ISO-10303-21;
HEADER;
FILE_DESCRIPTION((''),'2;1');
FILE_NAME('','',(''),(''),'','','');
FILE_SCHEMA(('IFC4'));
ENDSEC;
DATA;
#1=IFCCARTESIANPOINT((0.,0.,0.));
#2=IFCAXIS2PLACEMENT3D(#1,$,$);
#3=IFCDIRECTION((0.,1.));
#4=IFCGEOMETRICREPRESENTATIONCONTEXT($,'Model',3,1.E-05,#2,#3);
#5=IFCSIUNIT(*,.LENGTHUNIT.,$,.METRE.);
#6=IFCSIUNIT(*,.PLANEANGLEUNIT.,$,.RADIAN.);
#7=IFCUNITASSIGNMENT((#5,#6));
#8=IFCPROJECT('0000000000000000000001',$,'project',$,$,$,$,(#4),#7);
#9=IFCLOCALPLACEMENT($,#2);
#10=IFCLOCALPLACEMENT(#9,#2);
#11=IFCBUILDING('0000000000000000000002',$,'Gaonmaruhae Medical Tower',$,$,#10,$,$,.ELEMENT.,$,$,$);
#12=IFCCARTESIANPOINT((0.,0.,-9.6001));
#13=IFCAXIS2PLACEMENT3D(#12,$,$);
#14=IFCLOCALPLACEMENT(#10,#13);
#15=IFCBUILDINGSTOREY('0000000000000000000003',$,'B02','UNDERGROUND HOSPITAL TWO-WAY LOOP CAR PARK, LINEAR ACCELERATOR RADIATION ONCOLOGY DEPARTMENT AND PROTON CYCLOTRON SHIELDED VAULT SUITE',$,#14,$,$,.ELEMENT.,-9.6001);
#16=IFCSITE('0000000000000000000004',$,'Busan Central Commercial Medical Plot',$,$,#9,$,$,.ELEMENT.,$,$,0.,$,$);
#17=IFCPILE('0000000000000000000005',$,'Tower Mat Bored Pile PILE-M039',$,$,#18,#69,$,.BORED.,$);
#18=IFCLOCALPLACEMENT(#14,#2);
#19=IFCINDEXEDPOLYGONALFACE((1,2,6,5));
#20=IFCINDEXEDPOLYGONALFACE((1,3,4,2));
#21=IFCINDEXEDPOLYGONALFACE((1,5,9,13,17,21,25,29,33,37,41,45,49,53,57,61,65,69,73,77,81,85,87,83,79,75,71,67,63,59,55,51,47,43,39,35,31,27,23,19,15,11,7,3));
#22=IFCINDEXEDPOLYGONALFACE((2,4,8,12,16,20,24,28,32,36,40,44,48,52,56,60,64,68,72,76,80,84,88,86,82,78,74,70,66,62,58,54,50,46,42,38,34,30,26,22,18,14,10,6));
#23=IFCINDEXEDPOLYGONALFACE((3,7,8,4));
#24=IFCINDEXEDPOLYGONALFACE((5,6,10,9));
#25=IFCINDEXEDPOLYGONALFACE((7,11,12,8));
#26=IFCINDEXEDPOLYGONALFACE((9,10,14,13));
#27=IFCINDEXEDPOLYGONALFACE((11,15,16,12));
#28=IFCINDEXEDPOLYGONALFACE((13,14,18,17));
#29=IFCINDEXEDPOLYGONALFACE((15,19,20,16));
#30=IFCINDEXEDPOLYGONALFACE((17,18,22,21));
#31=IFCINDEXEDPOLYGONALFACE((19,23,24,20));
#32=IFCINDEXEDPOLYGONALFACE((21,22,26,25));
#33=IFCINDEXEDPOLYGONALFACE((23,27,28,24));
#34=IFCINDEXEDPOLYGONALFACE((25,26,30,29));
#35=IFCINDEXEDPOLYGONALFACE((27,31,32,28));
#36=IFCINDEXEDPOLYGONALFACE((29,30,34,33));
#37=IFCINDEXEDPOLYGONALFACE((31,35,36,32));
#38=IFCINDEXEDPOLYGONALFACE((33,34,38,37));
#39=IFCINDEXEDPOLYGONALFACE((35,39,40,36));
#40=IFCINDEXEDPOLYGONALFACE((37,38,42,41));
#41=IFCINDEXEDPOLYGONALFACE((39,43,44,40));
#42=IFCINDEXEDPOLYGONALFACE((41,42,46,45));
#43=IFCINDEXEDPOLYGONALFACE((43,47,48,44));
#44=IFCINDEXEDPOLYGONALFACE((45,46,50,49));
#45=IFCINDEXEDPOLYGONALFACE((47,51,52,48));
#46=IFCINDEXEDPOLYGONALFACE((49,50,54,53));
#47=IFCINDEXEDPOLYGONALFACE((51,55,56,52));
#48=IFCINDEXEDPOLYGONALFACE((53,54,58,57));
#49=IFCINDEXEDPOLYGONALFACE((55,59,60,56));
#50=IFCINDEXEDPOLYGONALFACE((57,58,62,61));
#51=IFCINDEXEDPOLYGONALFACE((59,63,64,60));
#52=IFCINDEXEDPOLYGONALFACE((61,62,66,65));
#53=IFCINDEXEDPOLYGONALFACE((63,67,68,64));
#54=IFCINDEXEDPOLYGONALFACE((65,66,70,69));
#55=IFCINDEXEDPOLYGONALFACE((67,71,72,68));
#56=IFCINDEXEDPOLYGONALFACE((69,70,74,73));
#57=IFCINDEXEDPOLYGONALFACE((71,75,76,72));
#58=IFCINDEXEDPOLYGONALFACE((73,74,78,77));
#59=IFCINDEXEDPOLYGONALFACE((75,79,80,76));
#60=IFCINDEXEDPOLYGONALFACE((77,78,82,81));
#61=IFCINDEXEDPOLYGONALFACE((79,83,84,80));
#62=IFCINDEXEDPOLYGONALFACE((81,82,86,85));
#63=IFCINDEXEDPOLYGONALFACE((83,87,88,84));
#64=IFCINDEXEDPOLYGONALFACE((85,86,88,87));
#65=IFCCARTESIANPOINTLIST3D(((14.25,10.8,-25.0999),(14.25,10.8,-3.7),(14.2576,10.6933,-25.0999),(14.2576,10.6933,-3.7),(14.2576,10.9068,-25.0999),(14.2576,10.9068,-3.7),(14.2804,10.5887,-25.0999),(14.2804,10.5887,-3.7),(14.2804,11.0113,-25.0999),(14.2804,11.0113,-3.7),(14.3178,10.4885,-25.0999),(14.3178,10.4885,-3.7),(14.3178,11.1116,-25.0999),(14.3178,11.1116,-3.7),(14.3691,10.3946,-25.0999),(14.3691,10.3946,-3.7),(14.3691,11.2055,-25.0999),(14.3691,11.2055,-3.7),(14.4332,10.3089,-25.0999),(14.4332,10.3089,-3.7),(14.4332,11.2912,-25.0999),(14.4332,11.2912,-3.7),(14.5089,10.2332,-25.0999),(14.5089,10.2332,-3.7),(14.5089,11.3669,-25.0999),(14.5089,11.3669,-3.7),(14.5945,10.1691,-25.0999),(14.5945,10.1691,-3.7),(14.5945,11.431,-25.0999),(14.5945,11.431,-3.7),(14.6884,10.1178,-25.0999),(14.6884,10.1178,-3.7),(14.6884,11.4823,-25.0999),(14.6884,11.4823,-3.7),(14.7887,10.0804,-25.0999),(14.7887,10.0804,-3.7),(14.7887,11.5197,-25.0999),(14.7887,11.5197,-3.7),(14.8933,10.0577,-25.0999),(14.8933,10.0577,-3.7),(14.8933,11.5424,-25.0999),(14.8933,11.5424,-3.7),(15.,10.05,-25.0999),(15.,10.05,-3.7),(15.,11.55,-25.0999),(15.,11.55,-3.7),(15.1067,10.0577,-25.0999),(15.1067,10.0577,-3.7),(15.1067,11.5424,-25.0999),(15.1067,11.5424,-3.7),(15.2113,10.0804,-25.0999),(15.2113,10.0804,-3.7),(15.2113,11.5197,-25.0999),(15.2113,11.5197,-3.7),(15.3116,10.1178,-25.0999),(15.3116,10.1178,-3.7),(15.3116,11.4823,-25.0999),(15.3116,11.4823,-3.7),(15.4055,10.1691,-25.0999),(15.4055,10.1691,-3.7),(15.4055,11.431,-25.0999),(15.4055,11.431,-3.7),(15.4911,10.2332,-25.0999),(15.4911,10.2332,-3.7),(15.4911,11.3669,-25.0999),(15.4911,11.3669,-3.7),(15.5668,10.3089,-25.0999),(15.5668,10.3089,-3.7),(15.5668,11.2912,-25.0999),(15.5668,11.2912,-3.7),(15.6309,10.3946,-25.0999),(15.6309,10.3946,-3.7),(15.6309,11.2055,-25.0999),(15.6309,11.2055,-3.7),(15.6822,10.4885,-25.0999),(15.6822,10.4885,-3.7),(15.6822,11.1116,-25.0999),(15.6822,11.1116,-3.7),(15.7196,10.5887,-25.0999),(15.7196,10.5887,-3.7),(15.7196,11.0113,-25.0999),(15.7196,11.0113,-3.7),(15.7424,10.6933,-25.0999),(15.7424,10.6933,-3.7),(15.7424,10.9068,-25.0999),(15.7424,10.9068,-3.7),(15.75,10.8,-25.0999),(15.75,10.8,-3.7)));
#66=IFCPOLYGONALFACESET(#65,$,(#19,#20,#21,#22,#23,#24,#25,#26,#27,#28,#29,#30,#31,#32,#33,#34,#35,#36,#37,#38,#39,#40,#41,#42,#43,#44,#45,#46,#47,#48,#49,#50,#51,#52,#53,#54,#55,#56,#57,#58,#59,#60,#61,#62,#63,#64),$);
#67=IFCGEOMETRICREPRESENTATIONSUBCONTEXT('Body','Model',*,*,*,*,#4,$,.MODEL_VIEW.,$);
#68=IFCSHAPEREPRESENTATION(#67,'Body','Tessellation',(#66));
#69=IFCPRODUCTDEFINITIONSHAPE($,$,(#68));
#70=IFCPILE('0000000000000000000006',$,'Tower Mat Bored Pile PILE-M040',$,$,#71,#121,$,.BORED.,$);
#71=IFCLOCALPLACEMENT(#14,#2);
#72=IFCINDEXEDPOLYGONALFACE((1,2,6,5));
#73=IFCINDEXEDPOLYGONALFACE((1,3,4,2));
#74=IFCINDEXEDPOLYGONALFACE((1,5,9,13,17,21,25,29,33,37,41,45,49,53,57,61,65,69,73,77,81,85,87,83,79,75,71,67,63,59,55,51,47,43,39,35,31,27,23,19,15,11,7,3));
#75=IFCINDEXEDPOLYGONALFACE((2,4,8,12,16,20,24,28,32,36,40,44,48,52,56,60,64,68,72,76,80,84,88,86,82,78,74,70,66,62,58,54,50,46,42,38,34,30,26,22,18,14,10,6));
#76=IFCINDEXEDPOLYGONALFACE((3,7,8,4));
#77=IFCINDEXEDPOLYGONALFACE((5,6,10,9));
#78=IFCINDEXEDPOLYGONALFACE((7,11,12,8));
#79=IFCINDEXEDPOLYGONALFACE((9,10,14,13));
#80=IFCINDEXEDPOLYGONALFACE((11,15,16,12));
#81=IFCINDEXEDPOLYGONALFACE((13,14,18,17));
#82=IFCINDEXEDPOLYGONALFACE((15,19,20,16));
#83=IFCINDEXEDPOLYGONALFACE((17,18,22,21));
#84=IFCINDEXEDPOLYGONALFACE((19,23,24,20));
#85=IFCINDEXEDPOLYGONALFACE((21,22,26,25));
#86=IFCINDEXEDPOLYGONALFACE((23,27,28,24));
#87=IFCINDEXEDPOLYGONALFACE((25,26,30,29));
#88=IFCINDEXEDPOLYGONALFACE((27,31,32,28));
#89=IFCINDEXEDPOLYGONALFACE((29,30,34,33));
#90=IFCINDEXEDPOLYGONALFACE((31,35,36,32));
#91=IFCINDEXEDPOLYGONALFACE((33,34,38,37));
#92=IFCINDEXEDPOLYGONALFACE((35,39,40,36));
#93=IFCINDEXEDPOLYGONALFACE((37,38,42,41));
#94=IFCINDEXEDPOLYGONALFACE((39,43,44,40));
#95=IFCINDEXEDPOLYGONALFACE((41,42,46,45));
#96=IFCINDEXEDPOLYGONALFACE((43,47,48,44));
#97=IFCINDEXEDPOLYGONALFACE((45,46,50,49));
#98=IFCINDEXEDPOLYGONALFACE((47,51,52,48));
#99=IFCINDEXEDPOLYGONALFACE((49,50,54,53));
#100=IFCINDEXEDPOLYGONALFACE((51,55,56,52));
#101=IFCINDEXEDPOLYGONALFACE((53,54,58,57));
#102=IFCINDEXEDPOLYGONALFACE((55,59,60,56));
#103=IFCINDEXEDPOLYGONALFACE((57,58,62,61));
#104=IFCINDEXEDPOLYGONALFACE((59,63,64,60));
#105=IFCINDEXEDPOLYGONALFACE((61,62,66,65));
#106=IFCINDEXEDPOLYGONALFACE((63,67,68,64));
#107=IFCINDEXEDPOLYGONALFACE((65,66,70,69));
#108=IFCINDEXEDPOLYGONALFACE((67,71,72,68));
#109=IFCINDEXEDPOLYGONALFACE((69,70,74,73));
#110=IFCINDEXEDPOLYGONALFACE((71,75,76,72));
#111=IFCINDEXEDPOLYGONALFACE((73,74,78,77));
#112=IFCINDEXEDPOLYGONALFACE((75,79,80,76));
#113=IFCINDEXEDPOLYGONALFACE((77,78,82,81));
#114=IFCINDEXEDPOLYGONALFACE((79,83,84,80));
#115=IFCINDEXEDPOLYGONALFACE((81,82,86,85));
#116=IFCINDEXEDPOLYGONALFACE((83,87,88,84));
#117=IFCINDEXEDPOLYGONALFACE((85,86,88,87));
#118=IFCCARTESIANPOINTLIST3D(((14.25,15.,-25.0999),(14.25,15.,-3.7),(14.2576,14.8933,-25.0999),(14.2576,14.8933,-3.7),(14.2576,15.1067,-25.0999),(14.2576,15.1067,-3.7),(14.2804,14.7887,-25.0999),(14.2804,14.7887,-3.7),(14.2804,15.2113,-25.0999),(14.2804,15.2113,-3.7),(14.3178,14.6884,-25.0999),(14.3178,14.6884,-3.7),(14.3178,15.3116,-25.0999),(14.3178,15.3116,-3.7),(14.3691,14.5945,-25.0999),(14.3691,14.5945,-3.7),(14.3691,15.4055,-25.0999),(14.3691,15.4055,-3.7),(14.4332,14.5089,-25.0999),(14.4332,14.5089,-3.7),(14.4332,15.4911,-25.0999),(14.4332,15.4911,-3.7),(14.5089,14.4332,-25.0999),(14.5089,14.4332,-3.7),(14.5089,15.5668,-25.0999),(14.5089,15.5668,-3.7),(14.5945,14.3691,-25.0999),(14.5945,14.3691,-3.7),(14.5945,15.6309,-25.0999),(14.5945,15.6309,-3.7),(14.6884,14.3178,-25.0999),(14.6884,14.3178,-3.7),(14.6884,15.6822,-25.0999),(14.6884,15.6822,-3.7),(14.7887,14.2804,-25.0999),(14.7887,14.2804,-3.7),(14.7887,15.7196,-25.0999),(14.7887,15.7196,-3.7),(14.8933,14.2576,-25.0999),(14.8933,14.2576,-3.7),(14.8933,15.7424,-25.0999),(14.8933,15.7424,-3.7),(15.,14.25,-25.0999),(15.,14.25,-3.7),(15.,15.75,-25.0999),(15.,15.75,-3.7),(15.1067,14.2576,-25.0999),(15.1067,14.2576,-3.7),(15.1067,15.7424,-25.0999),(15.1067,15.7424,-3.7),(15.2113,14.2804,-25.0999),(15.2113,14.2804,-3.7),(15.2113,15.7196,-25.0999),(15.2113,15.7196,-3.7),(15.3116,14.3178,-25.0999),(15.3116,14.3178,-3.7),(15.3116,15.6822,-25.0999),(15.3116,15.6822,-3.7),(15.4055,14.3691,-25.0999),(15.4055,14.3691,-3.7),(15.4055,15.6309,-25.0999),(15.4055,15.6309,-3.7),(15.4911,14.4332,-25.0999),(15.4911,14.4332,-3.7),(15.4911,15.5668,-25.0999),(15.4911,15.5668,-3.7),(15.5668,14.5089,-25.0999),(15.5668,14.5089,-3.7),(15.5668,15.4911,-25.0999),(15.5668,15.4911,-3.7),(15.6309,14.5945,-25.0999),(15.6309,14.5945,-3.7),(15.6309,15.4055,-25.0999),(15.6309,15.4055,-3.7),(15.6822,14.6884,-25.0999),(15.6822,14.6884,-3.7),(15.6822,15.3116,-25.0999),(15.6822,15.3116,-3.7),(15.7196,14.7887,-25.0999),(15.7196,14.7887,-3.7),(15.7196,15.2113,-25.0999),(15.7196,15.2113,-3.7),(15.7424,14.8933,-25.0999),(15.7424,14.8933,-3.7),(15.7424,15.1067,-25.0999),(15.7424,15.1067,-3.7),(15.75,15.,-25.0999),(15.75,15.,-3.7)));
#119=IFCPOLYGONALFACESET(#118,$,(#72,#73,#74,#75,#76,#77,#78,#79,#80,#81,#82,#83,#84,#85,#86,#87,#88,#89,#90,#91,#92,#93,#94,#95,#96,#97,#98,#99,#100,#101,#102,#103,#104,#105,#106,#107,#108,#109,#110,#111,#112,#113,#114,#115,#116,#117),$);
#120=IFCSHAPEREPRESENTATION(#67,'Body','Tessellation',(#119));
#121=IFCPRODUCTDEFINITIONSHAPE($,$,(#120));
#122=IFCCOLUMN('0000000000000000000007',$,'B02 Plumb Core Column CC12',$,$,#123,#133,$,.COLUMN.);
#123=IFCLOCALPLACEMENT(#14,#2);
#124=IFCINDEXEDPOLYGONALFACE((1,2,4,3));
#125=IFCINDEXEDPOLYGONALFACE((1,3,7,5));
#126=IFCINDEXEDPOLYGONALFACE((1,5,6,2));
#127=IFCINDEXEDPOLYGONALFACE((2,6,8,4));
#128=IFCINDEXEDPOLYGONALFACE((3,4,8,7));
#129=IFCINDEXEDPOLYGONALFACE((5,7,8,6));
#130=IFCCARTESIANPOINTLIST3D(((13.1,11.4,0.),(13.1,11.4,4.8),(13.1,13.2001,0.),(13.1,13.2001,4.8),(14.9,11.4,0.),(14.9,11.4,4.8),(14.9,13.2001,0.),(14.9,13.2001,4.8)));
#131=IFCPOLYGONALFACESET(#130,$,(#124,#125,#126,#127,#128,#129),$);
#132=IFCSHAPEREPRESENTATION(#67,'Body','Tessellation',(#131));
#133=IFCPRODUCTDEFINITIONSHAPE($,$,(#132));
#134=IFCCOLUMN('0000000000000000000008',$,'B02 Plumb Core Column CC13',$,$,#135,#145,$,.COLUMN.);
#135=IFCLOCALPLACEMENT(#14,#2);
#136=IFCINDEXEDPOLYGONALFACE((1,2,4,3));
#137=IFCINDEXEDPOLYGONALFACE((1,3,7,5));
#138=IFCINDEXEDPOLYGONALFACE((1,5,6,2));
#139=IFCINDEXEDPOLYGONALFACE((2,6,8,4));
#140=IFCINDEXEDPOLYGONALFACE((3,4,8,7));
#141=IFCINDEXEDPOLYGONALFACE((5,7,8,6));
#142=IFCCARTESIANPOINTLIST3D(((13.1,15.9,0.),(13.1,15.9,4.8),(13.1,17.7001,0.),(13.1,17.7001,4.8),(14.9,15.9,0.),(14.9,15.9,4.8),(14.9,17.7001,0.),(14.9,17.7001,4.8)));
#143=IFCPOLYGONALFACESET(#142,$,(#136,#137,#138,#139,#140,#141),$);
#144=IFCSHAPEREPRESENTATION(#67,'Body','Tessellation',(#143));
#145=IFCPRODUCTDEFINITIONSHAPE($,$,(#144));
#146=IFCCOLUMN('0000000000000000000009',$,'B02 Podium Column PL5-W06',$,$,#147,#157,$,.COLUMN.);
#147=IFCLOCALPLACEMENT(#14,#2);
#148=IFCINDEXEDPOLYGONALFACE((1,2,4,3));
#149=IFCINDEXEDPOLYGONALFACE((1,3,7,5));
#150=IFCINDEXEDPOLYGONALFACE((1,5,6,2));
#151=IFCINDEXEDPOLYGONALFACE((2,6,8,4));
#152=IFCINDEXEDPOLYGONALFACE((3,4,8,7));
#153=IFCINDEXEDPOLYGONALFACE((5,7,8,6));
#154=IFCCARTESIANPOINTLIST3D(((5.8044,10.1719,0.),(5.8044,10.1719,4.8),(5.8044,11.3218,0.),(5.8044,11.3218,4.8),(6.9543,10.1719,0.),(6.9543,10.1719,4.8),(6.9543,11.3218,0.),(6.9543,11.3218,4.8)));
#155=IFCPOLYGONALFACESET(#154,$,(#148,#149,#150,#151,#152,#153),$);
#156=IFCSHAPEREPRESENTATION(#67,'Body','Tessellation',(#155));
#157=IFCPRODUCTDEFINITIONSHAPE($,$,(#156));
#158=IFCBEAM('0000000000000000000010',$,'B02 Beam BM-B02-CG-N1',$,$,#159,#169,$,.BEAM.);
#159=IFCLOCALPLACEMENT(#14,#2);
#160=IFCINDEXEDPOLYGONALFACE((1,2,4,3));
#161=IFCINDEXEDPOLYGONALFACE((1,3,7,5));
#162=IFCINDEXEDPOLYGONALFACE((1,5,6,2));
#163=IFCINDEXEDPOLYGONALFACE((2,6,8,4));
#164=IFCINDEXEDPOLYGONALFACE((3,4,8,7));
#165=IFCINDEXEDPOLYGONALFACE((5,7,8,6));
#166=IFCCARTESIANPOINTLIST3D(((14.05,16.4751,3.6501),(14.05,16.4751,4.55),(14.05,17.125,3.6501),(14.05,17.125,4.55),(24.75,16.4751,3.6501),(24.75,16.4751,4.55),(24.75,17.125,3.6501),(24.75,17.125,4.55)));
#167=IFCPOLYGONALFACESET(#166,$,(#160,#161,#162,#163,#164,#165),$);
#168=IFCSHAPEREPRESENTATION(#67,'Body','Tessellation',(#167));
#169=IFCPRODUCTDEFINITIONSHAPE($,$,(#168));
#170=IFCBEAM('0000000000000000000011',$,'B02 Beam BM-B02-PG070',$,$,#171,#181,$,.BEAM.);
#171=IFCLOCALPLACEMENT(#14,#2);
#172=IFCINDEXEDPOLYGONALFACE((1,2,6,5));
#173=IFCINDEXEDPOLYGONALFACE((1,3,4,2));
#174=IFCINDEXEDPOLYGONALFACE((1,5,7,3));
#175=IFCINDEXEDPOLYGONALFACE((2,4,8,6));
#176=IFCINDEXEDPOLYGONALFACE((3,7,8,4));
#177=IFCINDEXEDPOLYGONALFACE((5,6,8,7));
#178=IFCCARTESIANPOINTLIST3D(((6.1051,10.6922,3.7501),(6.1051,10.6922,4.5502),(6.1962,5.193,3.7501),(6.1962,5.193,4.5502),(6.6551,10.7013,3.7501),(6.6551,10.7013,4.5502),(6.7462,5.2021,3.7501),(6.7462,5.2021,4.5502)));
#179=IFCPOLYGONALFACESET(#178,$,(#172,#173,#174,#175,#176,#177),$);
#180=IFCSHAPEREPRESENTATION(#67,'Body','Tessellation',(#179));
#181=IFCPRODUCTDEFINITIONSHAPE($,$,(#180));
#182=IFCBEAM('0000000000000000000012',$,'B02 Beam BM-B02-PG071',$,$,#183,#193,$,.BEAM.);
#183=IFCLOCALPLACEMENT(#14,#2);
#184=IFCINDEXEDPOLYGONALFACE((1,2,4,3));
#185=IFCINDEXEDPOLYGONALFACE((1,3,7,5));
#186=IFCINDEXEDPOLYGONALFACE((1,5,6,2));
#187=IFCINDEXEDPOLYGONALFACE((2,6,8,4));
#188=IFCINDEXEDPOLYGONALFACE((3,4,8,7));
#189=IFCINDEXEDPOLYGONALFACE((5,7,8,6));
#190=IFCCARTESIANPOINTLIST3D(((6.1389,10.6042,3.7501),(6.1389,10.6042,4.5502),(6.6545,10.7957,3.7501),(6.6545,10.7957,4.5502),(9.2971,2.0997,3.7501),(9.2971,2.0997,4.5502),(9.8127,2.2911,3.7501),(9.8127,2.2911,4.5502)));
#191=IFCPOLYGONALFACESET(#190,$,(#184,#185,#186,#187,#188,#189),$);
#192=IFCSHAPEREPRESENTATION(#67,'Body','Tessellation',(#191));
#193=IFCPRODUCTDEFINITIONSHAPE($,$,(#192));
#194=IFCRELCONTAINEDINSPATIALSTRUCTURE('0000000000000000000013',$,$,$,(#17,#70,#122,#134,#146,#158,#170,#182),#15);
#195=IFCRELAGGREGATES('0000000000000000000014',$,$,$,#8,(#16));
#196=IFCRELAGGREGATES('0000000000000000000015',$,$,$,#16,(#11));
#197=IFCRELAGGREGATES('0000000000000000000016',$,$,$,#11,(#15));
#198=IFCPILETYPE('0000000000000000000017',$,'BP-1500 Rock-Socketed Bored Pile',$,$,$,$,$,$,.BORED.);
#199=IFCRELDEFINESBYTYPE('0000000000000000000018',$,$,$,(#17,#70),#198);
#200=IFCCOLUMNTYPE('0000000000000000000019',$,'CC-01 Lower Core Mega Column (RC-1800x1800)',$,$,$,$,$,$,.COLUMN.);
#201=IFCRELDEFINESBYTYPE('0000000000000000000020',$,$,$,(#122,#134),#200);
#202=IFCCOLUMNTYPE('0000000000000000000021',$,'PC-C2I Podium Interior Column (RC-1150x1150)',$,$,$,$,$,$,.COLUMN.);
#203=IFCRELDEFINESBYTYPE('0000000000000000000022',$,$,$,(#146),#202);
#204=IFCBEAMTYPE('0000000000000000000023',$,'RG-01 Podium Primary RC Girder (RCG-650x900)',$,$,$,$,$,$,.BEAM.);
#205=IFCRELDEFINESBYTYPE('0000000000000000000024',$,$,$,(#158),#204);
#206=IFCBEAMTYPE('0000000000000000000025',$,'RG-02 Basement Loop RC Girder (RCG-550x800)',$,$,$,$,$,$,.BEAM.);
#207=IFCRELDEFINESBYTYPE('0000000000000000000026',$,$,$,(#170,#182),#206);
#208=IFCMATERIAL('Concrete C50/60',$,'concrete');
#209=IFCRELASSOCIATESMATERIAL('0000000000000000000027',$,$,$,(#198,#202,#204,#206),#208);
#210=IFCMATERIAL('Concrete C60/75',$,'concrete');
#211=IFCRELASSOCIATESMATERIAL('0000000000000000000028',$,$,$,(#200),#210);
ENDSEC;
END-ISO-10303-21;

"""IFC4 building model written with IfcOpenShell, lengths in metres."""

from ifc_helpers import new_model, si_unit, direction, frame, origin, origin_2d, place, context, subcontext, project, spatial, rectangle, circle, extrude, material, material_profile, profile_set, type_object, element, save


model = new_model("IFC4")

# Units and contexts
model_context = context("Model", 3, precision=1e-05, world=origin(), true_north=direction((0.0, 1.0)))
body_context = subcontext(model_context, "Body", "Model", "MODEL_VIEW")
ifc_project = project(units=[si_unit("LENGTHUNIT", "METRE"), si_unit("PLANEANGLEUNIT", "RADIAN")], contexts=[model_context])

# Site, building, storey
site_placement = place(None, origin())
site = spatial("IfcSite", under=ifc_project, at=site_placement, Name="Busan Central Commercial Medical Plot", CompositionType="ELEMENT", RefElevation=0.0)
building_placement = place(site_placement, origin())
building = spatial("IfcBuilding", under=site, at=building_placement, Name="Gaonmaruhae Medical Tower", CompositionType="ELEMENT")
storey_placement = place(building_placement, frame((0.0, 0.0, -9.6001)))
storey = spatial("IfcBuildingStorey", under=building, at=storey_placement, Name="B02", Description="UNDERGROUND HOSPITAL TWO-WAY LOOP CAR PARK, LINEAR ACCELERATOR RADIATION ONCOLOGY DEPARTMENT AND PROTON CYCLOTRON SHIELDED VAULT SUITE", CompositionType="ELEMENT", Elevation=-9.6001)

# Piles
ifc_material_1 = material(Name="Concrete C50/60", Category="concrete")
ifc_material_profile_1 = material_profile(ifc_material_1, circle(Radius=0.75, at=origin_2d()), Name="PILE-D1500")
ifc_profile_set_1 = profile_set([ifc_material_profile_1], Name="Concrete C50/60")
pile_type = type_object("IfcPileType", Name="BP-1500 Rock-Socketed Bored Pile", PredefinedType="BORED", material=ifc_profile_set_1)
for number, where, z_axis, x_axis, name in (
    (1, (15.0, 10.8, -3.7), (0.0, 0.0, -1.0), (1.0, 0.0, 0.0), "Tower Mat Bored Pile PILE-M039"),
    (2, (15.0, 15.0, -3.7), (0.0, 0.0, -1.0), (1.0, 0.0, 0.0), "Tower Mat Bored Pile PILE-M040"),
):
    element("IfcPile", number, at=place(storey_placement, frame(where, z_axis=z_axis, x_axis=x_axis)), inside=storey, type_object=pile_type, Name=name, PredefinedType="BORED", context=body_context, shape_type="SweptSolid", body=[
        extrude(circle(Radius=0.75, at=origin_2d()), origin(), (0.0, 0.0, 1.0), 21.3999),
    ])

# Columns
ifc_material_2 = material(Name="Concrete C60/75", Category="concrete")
ifc_material_profile_2 = material_profile(ifc_material_2, rectangle(XDim=1.8, YDim=1.8, at=origin_2d()), Name="RC-1800x1800")
ifc_profile_set_2 = profile_set([ifc_material_profile_2], Name="Concrete C60/75")
column_type_1 = type_object("IfcColumnType", Name="CC-01 Lower Core Mega Column (RC-1800x1800)", PredefinedType="COLUMN", material=ifc_profile_set_2)
for number, where, z_axis, x_axis, name in (
    (3, (14.0, 12.3, 0.0), (0.0, 0.0, 1.0), (1.0, 0.0, 0.0), "B02 Plumb Core Column CC12"),
    (4, (14.0, 16.8, 0.0), (0.0, 0.0, 1.0), (1.0, 0.0, 0.0), "B02 Plumb Core Column CC13"),
):
    element("IfcColumn", number, at=place(storey_placement, frame(where, z_axis=z_axis, x_axis=x_axis)), inside=storey, type_object=column_type_1, Name=name, PredefinedType="COLUMN", context=body_context, shape_type="SweptSolid", body=[
        extrude(rectangle(XDim=1.8, YDim=1.8, at=origin_2d()), origin(), (0.0, 0.0, 1.0), 4.8),
    ])
ifc_material_profile_3 = material_profile(ifc_material_1, rectangle(XDim=1.1499, YDim=1.1499, at=origin_2d()), Name="RC-1150x1150")
ifc_profile_set_3 = profile_set([ifc_material_profile_3], Name="Concrete C50/60")
column_type_2 = type_object("IfcColumnType", Name="PC-C2I Podium Interior Column (RC-1150x1150)", PredefinedType="COLUMN", material=ifc_profile_set_3)
column_placement = place(storey_placement, frame((6.3794, 10.7468, 0.0), z_axis=(0.0, 0.0, 1.0), x_axis=(1.0, 0.0, 0.0)))
element("IfcColumn", 5, at=column_placement, inside=storey, type_object=column_type_2, Name="B02 Podium Column PL5-W06", PredefinedType="COLUMN", context=body_context, shape_type="SweptSolid", body=[
    extrude(rectangle(XDim=1.1499, YDim=1.1499, at=origin_2d()), origin(), (0.0, 0.0, 1.0), 4.8),
])

# Beams
ifc_material_profile_4 = material_profile(ifc_material_1, rectangle(XDim=0.6499, YDim=0.8999, at=origin_2d()), Name="RCG-650x900")
ifc_profile_set_4 = profile_set([ifc_material_profile_4], Name="Concrete C50/60")
beam_type_1 = type_object("IfcBeamType", Name="RG-01 Podium Primary RC Girder (RCG-650x900)", PredefinedType="BEAM", material=ifc_profile_set_4)
beam_1_placement = place(storey_placement, frame((14.05, 16.8, 4.1001), z_axis=(1.0, 0.0, 0.0), x_axis=(0.0, 1.0, 0.0)))
element("IfcBeam", 6, at=beam_1_placement, inside=storey, type_object=beam_type_1, Name="B02 Beam BM-B02-CG-N1", PredefinedType="BEAM", context=body_context, shape_type="SweptSolid", body=[
    extrude(rectangle(XDim=0.6499, YDim=0.8999, at=origin_2d()), origin(), (0.0, 0.0, 1.0), 10.7),
])
ifc_material_profile_5 = material_profile(ifc_material_1, rectangle(XDim=0.55, YDim=0.8, at=origin_2d()), Name="RCG-550x800")
ifc_profile_set_5 = profile_set([ifc_material_profile_5], Name="Concrete C50/60")
beam_type_2 = type_object("IfcBeamType", Name="RG-02 Basement Loop RC Girder (RCG-550x800)", PredefinedType="BEAM", material=ifc_profile_set_5)
beam_2_placement = place(storey_placement, frame((6.3801, 10.6968, 4.1501), z_axis=(0.016557, -0.999863, 0.0), x_axis=(0.999863, 0.016557, 0.0)))
element("IfcBeam", 7, at=beam_2_placement, inside=storey, type_object=beam_type_2, Name="B02 Beam BM-B02-PG070", PredefinedType="BEAM", context=body_context, shape_type="SweptSolid", body=[
    extrude(rectangle(XDim=0.55, YDim=0.8, at=origin_2d()), origin(), (0.0, 0.0, 1.0), 5.5),
])
beam_3_placement = place(storey_placement, frame((6.3967, 10.7, 4.1501), z_axis=(0.348122, -0.937449, 0.0), x_axis=(0.937449, 0.348122, 0.0)))
element("IfcBeam", 8, at=beam_3_placement, inside=storey, type_object=beam_type_2, Name="B02 Beam BM-B02-PG071", PredefinedType="BEAM", context=body_context, shape_type="SweptSolid", body=[
    extrude(rectangle(XDim=0.55, YDim=0.8, at=origin_2d()), origin(), (0.0, 0.0, 1.0), 9.072),
])

save(model, "model.ifc")
